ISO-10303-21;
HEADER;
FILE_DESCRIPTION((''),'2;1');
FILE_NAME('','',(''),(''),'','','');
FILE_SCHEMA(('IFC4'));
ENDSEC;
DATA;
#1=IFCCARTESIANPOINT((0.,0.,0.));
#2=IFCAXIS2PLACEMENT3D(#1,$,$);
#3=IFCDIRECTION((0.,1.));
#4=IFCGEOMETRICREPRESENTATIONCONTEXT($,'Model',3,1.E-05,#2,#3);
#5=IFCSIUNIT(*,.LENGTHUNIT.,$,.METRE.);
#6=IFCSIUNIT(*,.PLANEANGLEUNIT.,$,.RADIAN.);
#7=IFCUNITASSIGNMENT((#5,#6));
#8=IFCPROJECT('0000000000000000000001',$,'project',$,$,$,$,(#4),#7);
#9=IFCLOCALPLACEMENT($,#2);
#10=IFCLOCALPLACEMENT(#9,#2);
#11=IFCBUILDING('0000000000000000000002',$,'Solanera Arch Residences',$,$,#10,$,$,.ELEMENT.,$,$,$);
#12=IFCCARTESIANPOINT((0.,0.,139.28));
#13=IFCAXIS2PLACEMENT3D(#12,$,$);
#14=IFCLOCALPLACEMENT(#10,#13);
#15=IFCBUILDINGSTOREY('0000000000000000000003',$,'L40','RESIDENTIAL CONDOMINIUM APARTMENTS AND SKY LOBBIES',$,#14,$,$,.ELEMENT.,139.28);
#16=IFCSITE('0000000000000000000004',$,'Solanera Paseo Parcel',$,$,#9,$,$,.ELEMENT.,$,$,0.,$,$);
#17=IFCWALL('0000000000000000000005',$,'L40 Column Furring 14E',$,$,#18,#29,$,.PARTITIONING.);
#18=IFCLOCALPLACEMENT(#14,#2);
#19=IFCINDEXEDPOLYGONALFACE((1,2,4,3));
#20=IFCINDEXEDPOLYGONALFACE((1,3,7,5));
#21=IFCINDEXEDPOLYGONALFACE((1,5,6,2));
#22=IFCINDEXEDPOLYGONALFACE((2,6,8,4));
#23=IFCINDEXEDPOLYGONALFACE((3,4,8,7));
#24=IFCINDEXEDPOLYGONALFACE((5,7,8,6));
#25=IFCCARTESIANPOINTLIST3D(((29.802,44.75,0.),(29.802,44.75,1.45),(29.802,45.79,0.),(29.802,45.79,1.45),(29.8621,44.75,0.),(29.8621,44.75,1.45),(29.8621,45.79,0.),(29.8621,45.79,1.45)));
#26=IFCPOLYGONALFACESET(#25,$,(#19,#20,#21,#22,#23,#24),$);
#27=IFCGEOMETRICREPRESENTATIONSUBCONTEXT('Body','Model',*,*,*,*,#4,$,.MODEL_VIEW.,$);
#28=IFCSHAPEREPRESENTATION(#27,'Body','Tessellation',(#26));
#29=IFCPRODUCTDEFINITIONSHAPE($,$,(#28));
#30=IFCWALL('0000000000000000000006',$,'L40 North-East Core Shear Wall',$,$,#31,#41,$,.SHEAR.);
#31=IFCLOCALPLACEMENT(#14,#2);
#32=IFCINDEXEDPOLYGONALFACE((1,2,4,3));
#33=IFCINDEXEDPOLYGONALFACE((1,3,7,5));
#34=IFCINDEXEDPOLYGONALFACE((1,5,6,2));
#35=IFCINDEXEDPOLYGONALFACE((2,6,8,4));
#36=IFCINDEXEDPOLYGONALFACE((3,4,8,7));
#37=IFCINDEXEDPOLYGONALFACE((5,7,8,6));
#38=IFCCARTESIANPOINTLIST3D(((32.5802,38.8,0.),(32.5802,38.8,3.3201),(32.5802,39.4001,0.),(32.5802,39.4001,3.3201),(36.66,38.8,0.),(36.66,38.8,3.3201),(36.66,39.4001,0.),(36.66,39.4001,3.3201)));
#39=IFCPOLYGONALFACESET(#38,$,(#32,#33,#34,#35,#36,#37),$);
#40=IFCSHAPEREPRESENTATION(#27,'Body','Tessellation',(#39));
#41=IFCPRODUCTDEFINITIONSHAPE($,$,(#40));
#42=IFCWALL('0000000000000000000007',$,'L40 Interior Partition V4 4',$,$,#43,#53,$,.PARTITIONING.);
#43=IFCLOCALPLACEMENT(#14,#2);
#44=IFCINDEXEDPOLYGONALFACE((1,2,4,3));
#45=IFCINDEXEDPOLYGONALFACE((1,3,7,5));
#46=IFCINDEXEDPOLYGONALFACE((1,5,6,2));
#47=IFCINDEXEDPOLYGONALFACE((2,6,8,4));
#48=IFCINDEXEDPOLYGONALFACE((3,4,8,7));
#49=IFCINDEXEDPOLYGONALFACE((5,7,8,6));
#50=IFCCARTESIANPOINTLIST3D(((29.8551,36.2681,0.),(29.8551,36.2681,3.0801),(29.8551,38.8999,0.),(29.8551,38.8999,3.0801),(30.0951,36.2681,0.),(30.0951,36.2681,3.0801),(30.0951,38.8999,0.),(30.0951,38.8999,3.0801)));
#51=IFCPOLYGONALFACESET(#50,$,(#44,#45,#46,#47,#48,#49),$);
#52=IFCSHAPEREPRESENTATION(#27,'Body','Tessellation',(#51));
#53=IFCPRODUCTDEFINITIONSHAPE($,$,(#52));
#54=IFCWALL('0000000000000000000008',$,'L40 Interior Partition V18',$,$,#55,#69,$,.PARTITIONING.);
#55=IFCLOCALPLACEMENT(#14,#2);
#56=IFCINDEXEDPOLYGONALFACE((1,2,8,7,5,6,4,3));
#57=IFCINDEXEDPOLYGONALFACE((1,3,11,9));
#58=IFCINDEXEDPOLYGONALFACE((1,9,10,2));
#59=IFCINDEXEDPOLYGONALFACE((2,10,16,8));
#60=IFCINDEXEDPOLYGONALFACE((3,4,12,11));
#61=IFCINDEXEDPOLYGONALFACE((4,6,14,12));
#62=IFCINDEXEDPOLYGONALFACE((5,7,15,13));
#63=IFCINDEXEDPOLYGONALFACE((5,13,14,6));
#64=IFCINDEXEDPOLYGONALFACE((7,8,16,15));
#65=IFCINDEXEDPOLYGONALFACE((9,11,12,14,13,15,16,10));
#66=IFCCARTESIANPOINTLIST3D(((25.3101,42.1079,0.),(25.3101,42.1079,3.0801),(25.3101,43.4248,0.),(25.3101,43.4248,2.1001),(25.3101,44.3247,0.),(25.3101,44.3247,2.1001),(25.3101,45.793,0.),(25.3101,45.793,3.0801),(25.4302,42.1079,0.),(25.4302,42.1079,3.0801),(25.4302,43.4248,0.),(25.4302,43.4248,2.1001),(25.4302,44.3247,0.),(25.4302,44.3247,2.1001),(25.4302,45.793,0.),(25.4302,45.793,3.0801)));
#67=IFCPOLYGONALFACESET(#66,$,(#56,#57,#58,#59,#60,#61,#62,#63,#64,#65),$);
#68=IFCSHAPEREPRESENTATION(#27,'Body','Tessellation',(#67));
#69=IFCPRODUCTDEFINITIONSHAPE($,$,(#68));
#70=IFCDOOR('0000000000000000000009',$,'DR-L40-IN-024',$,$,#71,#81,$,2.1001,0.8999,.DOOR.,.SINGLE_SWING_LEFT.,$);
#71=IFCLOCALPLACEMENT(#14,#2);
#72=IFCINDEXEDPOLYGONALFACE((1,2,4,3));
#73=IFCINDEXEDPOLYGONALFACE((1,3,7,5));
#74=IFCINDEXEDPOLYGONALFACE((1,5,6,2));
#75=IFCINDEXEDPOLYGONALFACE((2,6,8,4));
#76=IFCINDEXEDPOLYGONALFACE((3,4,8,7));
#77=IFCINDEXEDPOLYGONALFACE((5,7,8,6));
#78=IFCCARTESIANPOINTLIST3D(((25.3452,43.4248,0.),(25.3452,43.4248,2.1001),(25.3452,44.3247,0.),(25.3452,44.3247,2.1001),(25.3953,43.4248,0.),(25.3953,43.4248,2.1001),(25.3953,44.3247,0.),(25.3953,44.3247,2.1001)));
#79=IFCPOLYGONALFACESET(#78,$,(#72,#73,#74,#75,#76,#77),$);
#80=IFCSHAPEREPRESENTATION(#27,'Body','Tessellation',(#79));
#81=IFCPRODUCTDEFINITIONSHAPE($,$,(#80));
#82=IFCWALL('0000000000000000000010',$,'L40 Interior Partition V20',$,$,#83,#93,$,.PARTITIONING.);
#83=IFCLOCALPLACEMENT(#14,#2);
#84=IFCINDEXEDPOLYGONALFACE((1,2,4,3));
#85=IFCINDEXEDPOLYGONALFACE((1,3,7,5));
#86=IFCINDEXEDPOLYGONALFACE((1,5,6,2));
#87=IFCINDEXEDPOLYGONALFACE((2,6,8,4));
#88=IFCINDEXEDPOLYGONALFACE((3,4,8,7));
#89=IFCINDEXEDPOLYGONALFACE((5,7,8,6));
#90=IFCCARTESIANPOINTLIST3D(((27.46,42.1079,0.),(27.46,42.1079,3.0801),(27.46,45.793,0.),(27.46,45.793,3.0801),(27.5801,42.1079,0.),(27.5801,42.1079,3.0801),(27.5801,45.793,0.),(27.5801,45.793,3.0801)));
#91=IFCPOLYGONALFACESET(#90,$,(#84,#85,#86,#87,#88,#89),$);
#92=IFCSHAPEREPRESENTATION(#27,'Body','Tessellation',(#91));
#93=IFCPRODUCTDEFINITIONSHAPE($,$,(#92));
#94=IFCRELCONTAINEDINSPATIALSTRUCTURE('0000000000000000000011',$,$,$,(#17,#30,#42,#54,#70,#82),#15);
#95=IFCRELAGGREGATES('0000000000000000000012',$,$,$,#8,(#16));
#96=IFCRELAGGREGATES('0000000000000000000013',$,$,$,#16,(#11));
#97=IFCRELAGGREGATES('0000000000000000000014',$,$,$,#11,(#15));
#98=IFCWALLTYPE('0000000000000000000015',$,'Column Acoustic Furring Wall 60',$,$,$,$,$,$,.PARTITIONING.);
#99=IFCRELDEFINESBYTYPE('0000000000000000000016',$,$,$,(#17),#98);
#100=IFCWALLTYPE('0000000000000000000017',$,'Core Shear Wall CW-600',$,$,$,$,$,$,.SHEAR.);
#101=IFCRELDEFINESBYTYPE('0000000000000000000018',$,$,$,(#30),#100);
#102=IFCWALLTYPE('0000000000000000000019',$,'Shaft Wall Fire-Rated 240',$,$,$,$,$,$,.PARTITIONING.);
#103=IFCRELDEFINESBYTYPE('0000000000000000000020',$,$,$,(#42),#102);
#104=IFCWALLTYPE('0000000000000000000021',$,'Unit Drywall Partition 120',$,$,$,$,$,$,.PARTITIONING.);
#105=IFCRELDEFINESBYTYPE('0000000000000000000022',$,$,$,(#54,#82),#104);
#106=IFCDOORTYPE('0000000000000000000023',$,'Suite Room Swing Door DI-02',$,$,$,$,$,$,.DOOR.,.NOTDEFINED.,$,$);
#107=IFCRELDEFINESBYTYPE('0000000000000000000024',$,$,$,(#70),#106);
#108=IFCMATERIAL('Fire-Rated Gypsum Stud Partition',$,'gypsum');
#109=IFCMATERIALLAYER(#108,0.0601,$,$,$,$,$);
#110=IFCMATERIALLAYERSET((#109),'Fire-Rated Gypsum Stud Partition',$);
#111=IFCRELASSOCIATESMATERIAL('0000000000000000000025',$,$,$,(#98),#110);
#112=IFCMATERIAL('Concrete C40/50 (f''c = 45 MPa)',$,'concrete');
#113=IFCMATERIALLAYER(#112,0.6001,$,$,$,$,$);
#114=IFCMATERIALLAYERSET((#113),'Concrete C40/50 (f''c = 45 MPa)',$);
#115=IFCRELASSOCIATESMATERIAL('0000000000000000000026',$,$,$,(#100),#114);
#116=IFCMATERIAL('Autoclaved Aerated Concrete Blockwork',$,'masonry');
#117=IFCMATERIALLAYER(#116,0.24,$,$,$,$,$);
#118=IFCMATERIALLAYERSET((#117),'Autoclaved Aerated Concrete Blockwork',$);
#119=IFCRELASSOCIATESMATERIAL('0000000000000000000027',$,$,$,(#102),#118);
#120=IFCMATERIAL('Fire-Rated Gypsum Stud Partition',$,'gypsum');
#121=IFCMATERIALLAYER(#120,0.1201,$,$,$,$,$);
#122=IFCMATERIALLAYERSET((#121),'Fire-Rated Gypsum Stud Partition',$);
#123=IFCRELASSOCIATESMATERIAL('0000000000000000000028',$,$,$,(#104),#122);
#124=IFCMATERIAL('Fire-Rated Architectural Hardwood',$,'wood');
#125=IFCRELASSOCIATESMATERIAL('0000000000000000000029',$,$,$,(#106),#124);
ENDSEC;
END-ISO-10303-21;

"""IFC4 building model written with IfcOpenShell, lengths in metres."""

from ifc_helpers import new_model, si_unit, direction, frame, frame_2d, origin, place, context, subcontext, project, spatial, rectangle, extrude, material, layer, layer_set, type_object, element, fill, save


model = new_model("IFC4")

# Units and contexts
model_context = context("Model", 3, precision=1e-05, world=origin(), true_north=direction((0.0, 1.0)))
body_context = subcontext(model_context, "Body", "Model", "MODEL_VIEW")
ifc_project = project(units=[si_unit("LENGTHUNIT", "METRE"), si_unit("PLANEANGLEUNIT", "RADIAN")], contexts=[model_context])

# Site, building, storey
site_placement = place(None, origin())
site = spatial("IfcSite", under=ifc_project, at=site_placement, Name="Solanera Paseo Parcel", CompositionType="ELEMENT", RefElevation=0.0)
building_placement = place(site_placement, origin())
building = spatial("IfcBuilding", under=site, at=building_placement, Name="Solanera Arch Residences", CompositionType="ELEMENT")
storey_placement = place(building_placement, frame((0.0, 0.0, 139.28)))
storey = spatial("IfcBuildingStorey", under=building, at=storey_placement, Name="L40", Description="RESIDENTIAL CONDOMINIUM APARTMENTS AND SKY LOBBIES", CompositionType="ELEMENT", Elevation=139.28)

# Walls
ifc_material_1 = material(Name="Fire-Rated Gypsum Stud Partition", Category="gypsum")
ifc_layer_1 = layer(ifc_material_1, 0.0601)
ifc_layer_set_1 = layer_set([ifc_layer_1], Name="Fire-Rated Gypsum Stud Partition")
wall_type_1 = type_object("IfcWallType", Name="Column Acoustic Furring Wall 60", PredefinedType="PARTITIONING", material=ifc_layer_set_1)
for number, where, z_axis, x_axis, name in (
    (1, (29.832, 44.75, 0.0), (0.0, 0.0, 1.0), (0.0, 1.0, 0.0), "L40 Column Furring 14E"),
):
    element("IfcWall", number, at=place(storey_placement, frame(where, z_axis=z_axis, x_axis=x_axis)), inside=storey, type_object=wall_type_1, Name=name, PredefinedType="PARTITIONING", context=body_context, shape_type="SweptSolid", body=[
        extrude(rectangle(XDim=1.04, YDim=0.0601, at=frame_2d((0.52, 0.0))), origin(), (0.0, 0.0, 1.0), 1.45),
    ])
ifc_material_2 = material(Name="Concrete C40/50 (f'c = 45 MPa)", Category="concrete")
ifc_layer_2 = layer(ifc_material_2, 0.6001)
ifc_layer_set_2 = layer_set([ifc_layer_2], Name="Concrete C40/50 (f'c = 45 MPa)")
wall_type_2 = type_object("IfcWallType", Name="Core Shear Wall CW-600", PredefinedType="SHEAR", material=ifc_layer_set_2)
wall_1_placement = place(storey_placement, frame((32.5801, 39.1001, 0.0), z_axis=(0.0, 0.0, 1.0), x_axis=(1.0, 0.0, 0.0)))
element("IfcWall", 2, at=wall_1_placement, inside=storey, type_object=wall_type_2, Name="L40 North-East Core Shear Wall", PredefinedType="SHEAR", context=body_context, shape_type="SweptSolid", body=[
    extrude(rectangle(XDim=4.0798, YDim=0.6001, at=frame_2d((2.04, 0.0))), origin(), (0.0, 0.0, 1.0), 3.3201),
])
ifc_material_3 = material(Name="Autoclaved Aerated Concrete Blockwork", Category="masonry")
ifc_layer_3 = layer(ifc_material_3, 0.24)
ifc_layer_set_3 = layer_set([ifc_layer_3], Name="Autoclaved Aerated Concrete Blockwork")
wall_type_3 = type_object("IfcWallType", Name="Shaft Wall Fire-Rated 240", PredefinedType="PARTITIONING", material=ifc_layer_set_3)
wall_2_placement = place(storey_placement, frame((29.9751, 36.2681, 0.0), z_axis=(0.0, 0.0, 1.0), x_axis=(0.0, 1.0, 0.0)))
element("IfcWall", 3, at=wall_2_placement, inside=storey, type_object=wall_type_3, Name="L40 Interior Partition V4 4", PredefinedType="PARTITIONING", context=body_context, shape_type="SweptSolid", body=[
    extrude(rectangle(XDim=2.6318, YDim=0.24, at=frame_2d((1.3159, 0.0))), origin(), (0.0, 0.0, 1.0), 3.0801),
])

# Wall, opening, door
ifc_material_4 = material(Name="Fire-Rated Gypsum Stud Partition", Category="gypsum")
ifc_layer_4 = layer(ifc_material_4, 0.1201)
ifc_layer_set_4 = layer_set([ifc_layer_4], Name="Fire-Rated Gypsum Stud Partition")
wall_type_4 = type_object("IfcWallType", Name="Unit Drywall Partition 120", PredefinedType="PARTITIONING", material=ifc_layer_set_4)
wall_3_placement = place(storey_placement, frame((25.3701, 42.1079, 0.0), z_axis=(0.0, 0.0, 1.0), x_axis=(0.0, 1.0, 0.0)))
wall_3 = element("IfcWall", 4, at=wall_3_placement, inside=storey, type_object=wall_type_4, Name="L40 Interior Partition V18", PredefinedType="PARTITIONING", context=body_context, shape_type="SweptSolid", body=[
    extrude(rectangle(XDim=3.6851, YDim=0.1201, at=frame_2d((1.8425, 0.0))), origin(), (0.0, 0.0, 1.0), 3.0801),
])
opening_placement = place(wall_3_placement, frame((1.3169, 0.0, 0.0)))
opening = element("IfcOpeningElement", 5, at=opening_placement, cuts=wall_3, PredefinedType="OPENING", context=body_context, shape_type="SweptSolid", body=[
    extrude(rectangle(XDim=0.8999, YDim=2.1001, at=frame_2d((0.45, 1.05))), frame((0.0, 0.0701, 0.0), z_axis=(0.0, -1.0, 0.0), x_axis=(1.0, 0.0, 0.0)), (0.0, 0.0, 1.0), 0.1401),
])
ifc_material_5 = material(Name="Fire-Rated Architectural Hardwood", Category="wood")
door_type = type_object("IfcDoorType", Name="Suite Room Swing Door DI-02", OperationType="NOTDEFINED", PredefinedType="DOOR", material=ifc_material_5)
door_placement = place(opening_placement, origin())
door = element("IfcDoor", 6, at=door_placement, inside=storey, type_object=door_type, Name="DR-L40-IN-024", OperationType="SINGLE_SWING_LEFT", OverallHeight=2.1001, OverallWidth=0.8999, PredefinedType="DOOR", context=body_context, shape_type="SweptSolid", body=[
    extrude(rectangle(XDim=0.8999, YDim=2.1001, at=frame_2d((0.45, 1.05))), frame((0.0, 0.0249, 0.0), z_axis=(0.0, -1.0, 0.0), x_axis=(1.0, 0.0, 0.0)), (0.0, 0.0, 1.0), 0.05),
])
fill(opening, door)

# Wall
wall_4_placement = place(storey_placement, frame((27.52, 42.1079, 0.0), z_axis=(0.0, 0.0, 1.0), x_axis=(0.0, 1.0, 0.0)))
element("IfcWall", 7, at=wall_4_placement, inside=storey, type_object=wall_type_4, Name="L40 Interior Partition V20", PredefinedType="PARTITIONING", context=body_context, shape_type="SweptSolid", body=[
    extrude(rectangle(XDim=3.6851, YDim=0.1201, at=frame_2d((1.8425, 0.0))), origin(), (0.0, 0.0, 1.0), 3.0801),
])

save(model, "model.ifc")
